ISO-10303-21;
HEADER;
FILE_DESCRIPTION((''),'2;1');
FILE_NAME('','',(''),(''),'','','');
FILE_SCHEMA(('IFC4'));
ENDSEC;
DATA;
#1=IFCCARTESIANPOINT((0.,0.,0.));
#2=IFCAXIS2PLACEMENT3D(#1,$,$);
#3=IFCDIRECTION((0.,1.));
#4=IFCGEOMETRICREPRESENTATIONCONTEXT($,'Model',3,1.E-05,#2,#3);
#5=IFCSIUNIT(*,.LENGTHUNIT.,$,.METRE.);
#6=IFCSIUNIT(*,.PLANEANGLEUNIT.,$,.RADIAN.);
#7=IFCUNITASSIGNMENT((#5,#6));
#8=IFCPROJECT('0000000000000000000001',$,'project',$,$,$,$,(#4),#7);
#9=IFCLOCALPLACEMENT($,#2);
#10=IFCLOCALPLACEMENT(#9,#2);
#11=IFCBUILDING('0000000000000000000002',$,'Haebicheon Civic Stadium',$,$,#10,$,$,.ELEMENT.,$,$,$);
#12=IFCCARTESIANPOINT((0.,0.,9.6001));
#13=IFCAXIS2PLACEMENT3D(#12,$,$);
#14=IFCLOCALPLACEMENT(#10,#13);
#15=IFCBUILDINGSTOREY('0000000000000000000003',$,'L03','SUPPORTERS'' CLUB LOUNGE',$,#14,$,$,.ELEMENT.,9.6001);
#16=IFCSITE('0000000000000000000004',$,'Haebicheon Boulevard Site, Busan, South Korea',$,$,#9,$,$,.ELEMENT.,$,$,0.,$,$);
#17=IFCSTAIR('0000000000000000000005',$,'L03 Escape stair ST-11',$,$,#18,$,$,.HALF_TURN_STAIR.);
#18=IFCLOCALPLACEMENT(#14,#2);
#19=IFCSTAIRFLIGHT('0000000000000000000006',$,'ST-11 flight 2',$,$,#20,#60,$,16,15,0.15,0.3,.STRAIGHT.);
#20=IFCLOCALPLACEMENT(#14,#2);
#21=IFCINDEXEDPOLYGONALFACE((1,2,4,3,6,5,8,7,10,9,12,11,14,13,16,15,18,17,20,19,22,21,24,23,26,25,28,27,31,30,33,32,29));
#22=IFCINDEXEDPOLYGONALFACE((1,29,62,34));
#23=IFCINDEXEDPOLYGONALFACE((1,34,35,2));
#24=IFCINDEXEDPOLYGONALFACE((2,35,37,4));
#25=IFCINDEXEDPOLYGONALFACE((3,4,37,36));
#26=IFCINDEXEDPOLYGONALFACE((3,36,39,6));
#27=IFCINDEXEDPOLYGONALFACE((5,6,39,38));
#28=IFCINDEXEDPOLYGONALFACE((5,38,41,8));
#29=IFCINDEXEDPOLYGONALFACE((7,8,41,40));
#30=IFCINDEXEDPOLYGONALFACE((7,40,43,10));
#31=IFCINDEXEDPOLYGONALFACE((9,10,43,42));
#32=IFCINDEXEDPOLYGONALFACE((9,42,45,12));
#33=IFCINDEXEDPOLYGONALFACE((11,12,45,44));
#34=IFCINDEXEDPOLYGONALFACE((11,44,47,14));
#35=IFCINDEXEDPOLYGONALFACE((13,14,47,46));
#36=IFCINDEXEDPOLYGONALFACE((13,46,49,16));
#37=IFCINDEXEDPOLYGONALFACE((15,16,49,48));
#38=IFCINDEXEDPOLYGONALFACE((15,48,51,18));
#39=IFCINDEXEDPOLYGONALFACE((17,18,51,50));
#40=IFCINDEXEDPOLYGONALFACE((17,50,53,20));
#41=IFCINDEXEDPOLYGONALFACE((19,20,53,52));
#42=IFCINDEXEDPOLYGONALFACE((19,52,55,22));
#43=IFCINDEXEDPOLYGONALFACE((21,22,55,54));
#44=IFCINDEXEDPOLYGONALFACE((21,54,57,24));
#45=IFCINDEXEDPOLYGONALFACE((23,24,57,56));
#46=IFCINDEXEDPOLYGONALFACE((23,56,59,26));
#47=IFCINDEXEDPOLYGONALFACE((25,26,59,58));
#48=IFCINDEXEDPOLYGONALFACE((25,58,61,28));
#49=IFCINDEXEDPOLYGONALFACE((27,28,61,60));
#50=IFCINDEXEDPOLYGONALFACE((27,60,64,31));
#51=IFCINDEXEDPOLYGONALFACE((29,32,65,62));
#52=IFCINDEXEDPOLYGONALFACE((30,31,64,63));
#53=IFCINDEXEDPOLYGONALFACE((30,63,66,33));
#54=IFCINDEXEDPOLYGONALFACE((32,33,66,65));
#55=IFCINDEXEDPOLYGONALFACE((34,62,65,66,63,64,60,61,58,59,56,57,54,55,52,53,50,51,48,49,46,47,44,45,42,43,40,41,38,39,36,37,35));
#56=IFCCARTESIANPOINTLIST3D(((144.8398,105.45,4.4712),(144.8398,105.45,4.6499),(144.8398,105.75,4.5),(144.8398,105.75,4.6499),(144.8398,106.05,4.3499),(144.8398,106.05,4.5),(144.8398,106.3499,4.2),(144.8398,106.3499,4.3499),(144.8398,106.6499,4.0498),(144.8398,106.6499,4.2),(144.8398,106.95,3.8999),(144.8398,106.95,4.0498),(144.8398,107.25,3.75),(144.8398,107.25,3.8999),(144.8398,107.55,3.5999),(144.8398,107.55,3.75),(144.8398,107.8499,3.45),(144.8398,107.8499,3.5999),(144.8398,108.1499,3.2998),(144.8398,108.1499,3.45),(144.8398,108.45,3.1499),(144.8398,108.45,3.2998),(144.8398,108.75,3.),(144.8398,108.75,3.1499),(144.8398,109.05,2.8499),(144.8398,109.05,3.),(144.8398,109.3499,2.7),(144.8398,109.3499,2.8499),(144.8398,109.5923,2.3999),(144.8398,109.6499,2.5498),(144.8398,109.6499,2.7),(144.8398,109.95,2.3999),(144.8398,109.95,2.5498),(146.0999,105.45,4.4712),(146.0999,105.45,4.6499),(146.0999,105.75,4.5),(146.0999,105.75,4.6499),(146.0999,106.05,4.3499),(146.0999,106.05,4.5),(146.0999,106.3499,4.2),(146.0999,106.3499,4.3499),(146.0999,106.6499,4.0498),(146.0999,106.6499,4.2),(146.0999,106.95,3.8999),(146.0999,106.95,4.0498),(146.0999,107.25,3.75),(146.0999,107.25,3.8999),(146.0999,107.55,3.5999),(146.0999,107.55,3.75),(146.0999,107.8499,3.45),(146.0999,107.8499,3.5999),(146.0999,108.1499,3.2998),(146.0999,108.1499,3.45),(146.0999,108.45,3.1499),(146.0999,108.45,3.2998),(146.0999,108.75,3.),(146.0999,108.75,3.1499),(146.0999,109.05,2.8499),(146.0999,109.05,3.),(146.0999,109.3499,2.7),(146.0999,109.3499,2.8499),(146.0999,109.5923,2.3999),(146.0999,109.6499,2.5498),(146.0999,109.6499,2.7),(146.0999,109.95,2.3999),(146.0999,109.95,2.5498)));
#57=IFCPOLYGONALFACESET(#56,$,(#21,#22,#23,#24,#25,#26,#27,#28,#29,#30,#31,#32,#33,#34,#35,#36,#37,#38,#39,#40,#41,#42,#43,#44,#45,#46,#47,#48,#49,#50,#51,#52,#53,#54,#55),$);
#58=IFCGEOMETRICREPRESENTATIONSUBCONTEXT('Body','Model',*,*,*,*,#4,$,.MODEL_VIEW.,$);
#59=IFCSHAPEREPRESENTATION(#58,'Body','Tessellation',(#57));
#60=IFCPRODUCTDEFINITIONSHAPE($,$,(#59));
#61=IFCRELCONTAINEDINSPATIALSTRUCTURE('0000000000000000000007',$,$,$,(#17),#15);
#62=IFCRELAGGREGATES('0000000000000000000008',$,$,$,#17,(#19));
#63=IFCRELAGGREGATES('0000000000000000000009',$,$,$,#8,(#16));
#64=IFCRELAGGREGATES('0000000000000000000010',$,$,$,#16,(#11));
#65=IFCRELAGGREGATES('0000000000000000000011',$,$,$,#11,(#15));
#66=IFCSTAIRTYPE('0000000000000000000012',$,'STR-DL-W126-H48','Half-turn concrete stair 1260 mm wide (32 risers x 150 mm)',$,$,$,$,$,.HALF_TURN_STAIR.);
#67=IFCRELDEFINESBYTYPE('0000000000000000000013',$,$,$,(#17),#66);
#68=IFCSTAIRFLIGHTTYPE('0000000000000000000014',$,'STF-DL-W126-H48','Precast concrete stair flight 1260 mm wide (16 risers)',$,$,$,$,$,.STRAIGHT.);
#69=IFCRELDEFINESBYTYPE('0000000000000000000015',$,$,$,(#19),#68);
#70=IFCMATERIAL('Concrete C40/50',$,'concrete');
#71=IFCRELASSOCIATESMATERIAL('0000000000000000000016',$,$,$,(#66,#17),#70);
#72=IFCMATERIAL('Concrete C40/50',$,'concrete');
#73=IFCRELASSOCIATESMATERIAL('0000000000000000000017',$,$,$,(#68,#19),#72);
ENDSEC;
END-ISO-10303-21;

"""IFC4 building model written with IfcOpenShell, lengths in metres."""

from ifc_helpers import new_model, si_unit, direction, frame, origin, place, context, subcontext, project, spatial, polyline, outline, extrude, material, type_object, element, aggregate, save


model = new_model("IFC4")

# Units and contexts
model_context = context("Model", 3, precision=1e-05, world=origin(), true_north=direction((0.0, 1.0)))
body_context = subcontext(model_context, "Body", "Model", "MODEL_VIEW")
ifc_project = project(units=[si_unit("LENGTHUNIT", "METRE"), si_unit("PLANEANGLEUNIT", "RADIAN")], contexts=[model_context])

# Site, building, storey
site_placement = place(None, origin())
site = spatial("IfcSite", under=ifc_project, at=site_placement, Name="Haebicheon Boulevard Site, Busan, South Korea", CompositionType="ELEMENT", RefElevation=0.0)
building_placement = place(site_placement, origin())
building = spatial("IfcBuilding", under=site, at=building_placement, Name="Haebicheon Civic Stadium", CompositionType="ELEMENT")
storey_placement = place(building_placement, frame((0.0, 0.0, 9.6001)))
storey = spatial("IfcBuildingStorey", under=building, at=storey_placement, Name="L03", Description="SUPPORTERS' CLUB LOUNGE", CompositionType="ELEMENT", Elevation=9.6001)

# Stair, stair flight
ifc_material_1 = material(Name="Concrete C40/50", Category="concrete")
stair_type = type_object("IfcStairType", Name="STR-DL-W126-H48", Description="Half-turn concrete stair 1260 mm wide (32 risers x 150 mm)", PredefinedType="HALF_TURN_STAIR", material=ifc_material_1)
stair_placement = place(storey_placement, origin())
stair = element("IfcStair", 1, at=stair_placement, inside=storey, type_object=stair_type, material=ifc_material_1, Name="L03 Escape stair ST-11", PredefinedType="HALF_TURN_STAIR")
ifc_material_2 = material(Name="Concrete C40/50", Category="concrete")
stair_flight_type = type_object("IfcStairFlightType", Name="STF-DL-W126-H48", Description="Precast concrete stair flight 1260 mm wide (16 risers)", PredefinedType="STRAIGHT", material=ifc_material_2)
stair_flight_1_placement = place(storey_placement, frame((145.47, 109.95, 2.3999), z_axis=(0.0, 0.0, 1.0), x_axis=(0.0, -1.0, 0.0)))
stair_flight_1 = element("IfcStairFlight", 2, at=stair_flight_1_placement, type_object=stair_flight_type, material=ifc_material_2, Name="ST-11 flight 2", NumberOfRisers=16, NumberOfTreads=15, PredefinedType="STRAIGHT", RiserHeight=0.15, TreadLength=0.3, context=body_context, shape_type="SweptSolid", body=[
    extrude(outline(polyline([(0.0, 0.0), (0.0, 0.1499), (0.3, 0.1499), (0.3, 0.3), (0.6001, 0.3), (0.6001, 0.45), (0.8999, 0.45), (0.8999, 0.6001), (1.2, 0.6001), (1.2, 0.75), (1.5, 0.75), (1.5, 0.8999), (1.8, 0.8999), (1.8, 1.05), (2.1001, 1.05), (2.1001, 1.2), (2.3999, 1.2), (2.3999, 1.3501), (2.7, 1.3501), (2.7, 1.5), (3.0, 1.5), (3.0, 1.6499), (3.3, 1.6499), (3.3, 1.8), (3.6001, 1.8), (3.6001, 1.95), (3.8999, 1.95), (3.8999, 2.1001), (4.2, 2.1001), (4.2, 2.25), (4.5, 2.25), (4.5, 2.3999), (4.5, 2.0713), (0.3577, 0.0), (0.0, 0.0)])), frame((0.0, 0.6299, 0.0), z_axis=(0.0, -1.0, 0.0), x_axis=(1.0, 0.0, 0.0)), (0.0, 0.0, 1.0), 1.26),
])
aggregate(stair, [stair_flight_1])

save(model, "model.ifc")
